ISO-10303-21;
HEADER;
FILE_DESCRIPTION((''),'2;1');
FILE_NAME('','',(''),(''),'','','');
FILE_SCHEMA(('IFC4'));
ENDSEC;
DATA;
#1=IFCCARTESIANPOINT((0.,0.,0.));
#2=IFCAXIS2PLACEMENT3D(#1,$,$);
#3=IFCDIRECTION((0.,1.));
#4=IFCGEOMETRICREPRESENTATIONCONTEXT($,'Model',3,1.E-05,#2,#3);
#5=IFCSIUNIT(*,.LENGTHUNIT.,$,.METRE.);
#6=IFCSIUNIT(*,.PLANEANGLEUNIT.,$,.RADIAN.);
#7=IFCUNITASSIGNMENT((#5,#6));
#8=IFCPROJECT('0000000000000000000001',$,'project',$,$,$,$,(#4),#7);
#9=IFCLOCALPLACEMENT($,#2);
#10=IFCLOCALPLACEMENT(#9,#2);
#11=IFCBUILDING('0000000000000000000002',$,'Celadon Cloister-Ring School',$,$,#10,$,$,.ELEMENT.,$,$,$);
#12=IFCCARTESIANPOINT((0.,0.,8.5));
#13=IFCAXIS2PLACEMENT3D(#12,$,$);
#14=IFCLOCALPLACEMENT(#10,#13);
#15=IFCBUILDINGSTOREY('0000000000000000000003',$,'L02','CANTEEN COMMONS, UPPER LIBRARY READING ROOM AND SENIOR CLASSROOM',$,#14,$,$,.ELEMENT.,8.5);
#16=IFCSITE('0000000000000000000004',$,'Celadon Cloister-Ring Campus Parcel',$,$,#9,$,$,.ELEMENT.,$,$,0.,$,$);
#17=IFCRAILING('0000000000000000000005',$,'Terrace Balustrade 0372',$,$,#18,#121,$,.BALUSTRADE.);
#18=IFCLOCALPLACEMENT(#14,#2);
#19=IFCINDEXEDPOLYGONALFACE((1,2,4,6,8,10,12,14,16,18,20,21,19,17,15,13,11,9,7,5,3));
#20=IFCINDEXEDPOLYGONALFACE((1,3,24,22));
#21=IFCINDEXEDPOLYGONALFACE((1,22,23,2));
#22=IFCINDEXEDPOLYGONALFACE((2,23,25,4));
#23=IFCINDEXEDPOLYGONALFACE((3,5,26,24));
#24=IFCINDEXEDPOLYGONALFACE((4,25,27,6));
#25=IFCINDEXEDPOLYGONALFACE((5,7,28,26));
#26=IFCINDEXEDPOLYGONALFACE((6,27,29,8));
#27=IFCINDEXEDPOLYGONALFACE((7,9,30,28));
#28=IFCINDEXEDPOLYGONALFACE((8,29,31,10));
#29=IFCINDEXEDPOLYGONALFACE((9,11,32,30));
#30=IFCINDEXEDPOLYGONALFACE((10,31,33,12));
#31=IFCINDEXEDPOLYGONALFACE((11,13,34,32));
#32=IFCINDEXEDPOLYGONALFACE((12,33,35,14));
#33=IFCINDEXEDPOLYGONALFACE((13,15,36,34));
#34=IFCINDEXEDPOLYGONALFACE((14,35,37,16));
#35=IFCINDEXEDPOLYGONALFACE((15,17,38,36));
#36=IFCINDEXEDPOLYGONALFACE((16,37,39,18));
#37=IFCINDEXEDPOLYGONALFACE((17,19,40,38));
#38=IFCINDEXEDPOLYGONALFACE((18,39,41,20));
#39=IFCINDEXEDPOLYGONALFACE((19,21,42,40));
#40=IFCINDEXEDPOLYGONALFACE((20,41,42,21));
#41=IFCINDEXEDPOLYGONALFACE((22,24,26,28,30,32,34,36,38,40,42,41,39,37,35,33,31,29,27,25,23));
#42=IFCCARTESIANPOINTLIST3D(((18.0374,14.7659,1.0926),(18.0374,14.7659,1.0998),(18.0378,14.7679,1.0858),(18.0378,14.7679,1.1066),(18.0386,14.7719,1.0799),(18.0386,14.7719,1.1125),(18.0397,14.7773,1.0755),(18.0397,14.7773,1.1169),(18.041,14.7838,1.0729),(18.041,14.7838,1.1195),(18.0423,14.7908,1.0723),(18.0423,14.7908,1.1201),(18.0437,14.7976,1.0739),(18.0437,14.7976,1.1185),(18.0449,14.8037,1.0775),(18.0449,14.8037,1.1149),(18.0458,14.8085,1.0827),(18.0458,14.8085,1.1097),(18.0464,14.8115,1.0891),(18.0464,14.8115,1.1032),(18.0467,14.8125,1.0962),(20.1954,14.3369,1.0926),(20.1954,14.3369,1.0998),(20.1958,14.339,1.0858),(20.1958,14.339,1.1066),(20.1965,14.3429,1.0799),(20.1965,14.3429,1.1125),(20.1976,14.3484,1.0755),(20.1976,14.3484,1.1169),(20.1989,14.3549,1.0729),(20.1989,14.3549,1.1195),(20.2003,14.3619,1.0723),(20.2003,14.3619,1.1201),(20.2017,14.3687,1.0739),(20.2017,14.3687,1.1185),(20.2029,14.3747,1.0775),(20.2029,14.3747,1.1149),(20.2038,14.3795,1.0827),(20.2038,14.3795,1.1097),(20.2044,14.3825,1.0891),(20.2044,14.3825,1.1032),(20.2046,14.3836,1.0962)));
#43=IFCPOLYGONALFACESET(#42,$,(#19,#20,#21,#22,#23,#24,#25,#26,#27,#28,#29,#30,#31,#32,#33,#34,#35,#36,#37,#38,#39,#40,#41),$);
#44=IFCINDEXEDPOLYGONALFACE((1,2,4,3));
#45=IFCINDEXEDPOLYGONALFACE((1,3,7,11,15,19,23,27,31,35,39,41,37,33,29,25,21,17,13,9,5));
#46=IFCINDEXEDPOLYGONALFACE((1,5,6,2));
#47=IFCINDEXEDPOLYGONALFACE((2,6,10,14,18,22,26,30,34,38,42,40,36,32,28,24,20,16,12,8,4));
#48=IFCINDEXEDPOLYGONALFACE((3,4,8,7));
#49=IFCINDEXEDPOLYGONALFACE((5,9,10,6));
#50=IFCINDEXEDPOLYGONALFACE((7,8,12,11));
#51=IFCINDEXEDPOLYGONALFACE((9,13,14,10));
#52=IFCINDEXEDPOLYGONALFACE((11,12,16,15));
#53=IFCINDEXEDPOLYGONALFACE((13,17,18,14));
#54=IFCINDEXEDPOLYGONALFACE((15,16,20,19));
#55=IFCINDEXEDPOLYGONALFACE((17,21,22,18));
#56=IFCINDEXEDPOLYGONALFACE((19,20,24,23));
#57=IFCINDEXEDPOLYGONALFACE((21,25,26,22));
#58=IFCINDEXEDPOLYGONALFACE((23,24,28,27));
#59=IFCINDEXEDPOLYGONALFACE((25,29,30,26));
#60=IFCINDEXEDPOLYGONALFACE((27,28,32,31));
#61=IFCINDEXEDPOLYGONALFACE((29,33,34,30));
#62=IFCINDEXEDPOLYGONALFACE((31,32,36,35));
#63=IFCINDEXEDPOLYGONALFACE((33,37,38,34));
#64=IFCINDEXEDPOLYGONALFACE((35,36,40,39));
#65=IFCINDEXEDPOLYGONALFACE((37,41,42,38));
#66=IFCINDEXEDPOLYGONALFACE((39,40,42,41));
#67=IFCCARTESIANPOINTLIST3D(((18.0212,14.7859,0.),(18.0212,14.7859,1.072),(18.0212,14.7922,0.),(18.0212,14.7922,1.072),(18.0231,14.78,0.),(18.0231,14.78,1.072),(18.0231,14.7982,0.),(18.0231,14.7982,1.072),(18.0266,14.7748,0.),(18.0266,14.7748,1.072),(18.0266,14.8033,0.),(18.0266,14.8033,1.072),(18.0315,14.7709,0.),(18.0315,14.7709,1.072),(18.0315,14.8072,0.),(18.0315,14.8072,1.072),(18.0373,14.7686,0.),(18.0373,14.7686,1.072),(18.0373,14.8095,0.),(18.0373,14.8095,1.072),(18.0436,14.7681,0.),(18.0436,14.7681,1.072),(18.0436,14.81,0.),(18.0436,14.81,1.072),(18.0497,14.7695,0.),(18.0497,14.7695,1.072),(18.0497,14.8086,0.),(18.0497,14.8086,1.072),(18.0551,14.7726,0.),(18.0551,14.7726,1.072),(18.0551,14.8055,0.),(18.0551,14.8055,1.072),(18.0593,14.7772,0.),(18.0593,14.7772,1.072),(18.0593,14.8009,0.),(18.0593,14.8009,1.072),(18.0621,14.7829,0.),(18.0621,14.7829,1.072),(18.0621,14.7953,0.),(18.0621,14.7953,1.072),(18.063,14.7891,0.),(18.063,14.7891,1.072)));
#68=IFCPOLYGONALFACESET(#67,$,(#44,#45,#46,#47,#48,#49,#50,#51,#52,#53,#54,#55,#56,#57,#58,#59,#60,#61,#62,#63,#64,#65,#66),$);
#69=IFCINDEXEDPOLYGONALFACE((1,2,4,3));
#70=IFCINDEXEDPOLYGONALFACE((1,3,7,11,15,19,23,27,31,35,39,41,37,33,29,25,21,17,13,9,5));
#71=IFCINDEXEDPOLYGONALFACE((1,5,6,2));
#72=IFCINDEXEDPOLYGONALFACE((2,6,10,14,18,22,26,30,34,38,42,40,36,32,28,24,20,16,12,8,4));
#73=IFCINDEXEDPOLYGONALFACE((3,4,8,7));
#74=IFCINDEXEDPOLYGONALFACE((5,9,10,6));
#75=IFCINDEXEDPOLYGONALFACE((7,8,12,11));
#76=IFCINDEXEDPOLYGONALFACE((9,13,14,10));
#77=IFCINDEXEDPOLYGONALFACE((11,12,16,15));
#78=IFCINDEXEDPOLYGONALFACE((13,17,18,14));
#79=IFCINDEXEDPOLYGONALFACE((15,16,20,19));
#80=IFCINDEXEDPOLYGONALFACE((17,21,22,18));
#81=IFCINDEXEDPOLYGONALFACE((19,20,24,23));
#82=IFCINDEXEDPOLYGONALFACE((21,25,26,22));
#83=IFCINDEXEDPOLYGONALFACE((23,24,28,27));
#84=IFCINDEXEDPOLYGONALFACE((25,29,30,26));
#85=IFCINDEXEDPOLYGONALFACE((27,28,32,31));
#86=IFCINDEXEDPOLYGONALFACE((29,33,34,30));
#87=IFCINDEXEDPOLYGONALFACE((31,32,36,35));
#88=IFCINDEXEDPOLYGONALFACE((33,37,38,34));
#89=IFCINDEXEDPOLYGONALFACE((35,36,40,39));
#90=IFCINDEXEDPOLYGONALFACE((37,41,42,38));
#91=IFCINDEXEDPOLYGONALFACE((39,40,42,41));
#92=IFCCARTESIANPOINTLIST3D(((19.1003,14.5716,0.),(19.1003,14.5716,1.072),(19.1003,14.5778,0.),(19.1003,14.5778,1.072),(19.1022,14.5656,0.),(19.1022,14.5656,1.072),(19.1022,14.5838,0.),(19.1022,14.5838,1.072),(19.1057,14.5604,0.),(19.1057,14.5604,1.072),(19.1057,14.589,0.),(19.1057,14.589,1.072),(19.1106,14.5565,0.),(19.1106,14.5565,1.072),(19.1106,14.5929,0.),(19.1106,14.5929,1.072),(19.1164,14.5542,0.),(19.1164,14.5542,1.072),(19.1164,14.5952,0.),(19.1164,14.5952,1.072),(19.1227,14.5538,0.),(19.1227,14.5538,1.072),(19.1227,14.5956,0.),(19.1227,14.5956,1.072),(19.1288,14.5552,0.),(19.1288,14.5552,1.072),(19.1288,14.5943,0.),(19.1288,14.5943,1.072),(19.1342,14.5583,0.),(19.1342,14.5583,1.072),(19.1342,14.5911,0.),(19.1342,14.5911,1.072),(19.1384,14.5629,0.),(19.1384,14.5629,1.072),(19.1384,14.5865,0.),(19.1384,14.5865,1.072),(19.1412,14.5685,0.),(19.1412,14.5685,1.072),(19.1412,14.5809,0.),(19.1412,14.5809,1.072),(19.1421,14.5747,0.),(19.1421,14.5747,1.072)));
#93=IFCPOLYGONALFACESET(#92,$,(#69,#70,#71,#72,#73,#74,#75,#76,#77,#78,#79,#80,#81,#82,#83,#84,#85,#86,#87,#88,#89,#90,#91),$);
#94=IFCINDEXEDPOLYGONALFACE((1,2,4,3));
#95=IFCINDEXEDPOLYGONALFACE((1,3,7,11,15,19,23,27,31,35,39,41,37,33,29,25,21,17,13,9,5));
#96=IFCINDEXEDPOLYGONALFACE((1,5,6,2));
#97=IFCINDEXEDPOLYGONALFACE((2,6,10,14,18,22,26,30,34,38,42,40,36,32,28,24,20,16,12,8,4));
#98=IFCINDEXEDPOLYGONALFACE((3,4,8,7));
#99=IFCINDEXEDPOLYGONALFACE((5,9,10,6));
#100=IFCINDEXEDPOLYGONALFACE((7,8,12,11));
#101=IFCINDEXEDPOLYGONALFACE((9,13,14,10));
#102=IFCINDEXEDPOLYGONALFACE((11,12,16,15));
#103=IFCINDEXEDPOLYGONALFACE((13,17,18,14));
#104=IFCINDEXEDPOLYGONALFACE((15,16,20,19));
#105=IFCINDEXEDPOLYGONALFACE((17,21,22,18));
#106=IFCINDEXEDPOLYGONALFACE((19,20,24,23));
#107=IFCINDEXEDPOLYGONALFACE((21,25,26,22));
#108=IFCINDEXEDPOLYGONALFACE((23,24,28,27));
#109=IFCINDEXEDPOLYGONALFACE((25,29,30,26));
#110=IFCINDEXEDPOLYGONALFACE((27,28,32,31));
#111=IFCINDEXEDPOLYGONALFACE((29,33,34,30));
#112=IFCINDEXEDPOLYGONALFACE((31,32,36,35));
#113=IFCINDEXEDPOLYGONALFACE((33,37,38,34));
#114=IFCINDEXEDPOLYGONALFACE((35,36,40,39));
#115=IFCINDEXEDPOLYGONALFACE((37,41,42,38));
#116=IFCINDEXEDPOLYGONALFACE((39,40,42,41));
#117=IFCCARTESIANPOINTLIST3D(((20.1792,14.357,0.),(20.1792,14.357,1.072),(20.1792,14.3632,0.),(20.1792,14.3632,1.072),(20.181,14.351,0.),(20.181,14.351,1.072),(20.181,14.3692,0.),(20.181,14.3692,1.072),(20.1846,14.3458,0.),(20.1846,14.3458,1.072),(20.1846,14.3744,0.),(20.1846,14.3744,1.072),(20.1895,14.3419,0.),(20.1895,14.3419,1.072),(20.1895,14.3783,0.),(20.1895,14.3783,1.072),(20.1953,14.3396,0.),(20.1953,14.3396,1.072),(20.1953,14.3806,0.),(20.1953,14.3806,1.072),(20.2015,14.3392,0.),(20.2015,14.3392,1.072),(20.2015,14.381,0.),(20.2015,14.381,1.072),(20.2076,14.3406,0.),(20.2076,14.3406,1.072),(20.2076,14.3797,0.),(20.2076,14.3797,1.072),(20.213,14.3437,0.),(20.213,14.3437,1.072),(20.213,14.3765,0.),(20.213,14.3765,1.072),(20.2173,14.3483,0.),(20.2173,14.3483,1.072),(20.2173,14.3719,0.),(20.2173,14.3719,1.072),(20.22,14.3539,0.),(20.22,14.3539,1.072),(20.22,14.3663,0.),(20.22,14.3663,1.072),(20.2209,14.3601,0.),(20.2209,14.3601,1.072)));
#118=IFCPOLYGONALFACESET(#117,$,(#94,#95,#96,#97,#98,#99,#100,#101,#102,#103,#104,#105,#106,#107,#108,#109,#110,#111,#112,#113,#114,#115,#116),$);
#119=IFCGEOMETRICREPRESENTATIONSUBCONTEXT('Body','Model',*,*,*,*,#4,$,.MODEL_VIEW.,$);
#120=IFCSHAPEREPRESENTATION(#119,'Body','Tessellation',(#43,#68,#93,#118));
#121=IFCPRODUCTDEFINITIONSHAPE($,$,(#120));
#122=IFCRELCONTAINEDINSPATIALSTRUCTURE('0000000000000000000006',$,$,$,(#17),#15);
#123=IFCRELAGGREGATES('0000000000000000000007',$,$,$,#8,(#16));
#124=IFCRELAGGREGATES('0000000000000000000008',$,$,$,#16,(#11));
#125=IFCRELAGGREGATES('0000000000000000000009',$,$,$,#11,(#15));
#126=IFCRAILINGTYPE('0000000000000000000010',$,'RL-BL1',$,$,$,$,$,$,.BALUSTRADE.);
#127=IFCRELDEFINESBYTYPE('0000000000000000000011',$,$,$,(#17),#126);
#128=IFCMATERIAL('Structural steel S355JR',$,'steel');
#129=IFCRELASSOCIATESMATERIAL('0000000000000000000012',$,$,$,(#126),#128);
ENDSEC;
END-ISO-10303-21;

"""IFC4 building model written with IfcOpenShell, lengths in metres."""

from ifc_helpers import new_model, si_unit, direction, frame, origin, origin_2d, place, context, subcontext, project, spatial, circle, extrude, material, type_object, element, save


model = new_model("IFC4")

# Units and contexts
model_context = context("Model", 3, precision=1e-05, world=origin(), true_north=direction((0.0, 1.0)))
body_context = subcontext(model_context, "Body", "Model", "MODEL_VIEW")
ifc_project = project(units=[si_unit("LENGTHUNIT", "METRE"), si_unit("PLANEANGLEUNIT", "RADIAN")], contexts=[model_context])

# Site, building, storey
site_placement = place(None, origin())
site = spatial("IfcSite", under=ifc_project, at=site_placement, Name="Celadon Cloister-Ring Campus Parcel", CompositionType="ELEMENT", RefElevation=0.0)
building_placement = place(site_placement, origin())
building = spatial("IfcBuilding", under=site, at=building_placement, Name="Celadon Cloister-Ring School", CompositionType="ELEMENT")
storey_placement = place(building_placement, frame((0.0, 0.0, 8.5)))
storey = spatial("IfcBuildingStorey", under=building, at=storey_placement, Name="L02", Description="CANTEEN COMMONS, UPPER LIBRARY READING ROOM AND SENIOR CLASSROOM", CompositionType="ELEMENT", Elevation=8.5)

# Railing
ifc_material_1 = material(Name="Structural steel S355JR", Category="steel")
railing_type = type_object("IfcRailingType", Name="RL-BL1", PredefinedType="BALUSTRADE", material=ifc_material_1)
railing_1_placement = place(storey_placement, frame((18.042, 14.7891, 0.0)))
element("IfcRailing", 1, at=railing_1_placement, inside=storey, type_object=railing_type, Name="Terrace Balustrade 0372", PredefinedType="BALUSTRADE", context=body_context, shape_type="SweptSolid", body=[
    extrude(circle(Radius=0.0239, at=origin_2d()), frame((0.0, 0.0, 1.0962), z_axis=(0.98081, -0.194964, 0.0), x_axis=(0.194964, 0.98081, 0.0)), (0.0, 0.0, 1.0), 2.2002),
    extrude(circle(Radius=0.021, at=origin_2d()), origin(), (0.0, 0.0, 1.0), 1.072),
    extrude(circle(Radius=0.021, at=origin_2d()), frame((1.0791, -0.2144, 0.0)), (0.0, 0.0, 1.0), 1.072),
    extrude(circle(Radius=0.021, at=origin_2d()), frame((2.158, -0.429, 0.0)), (0.0, 0.0, 1.0), 1.072),
])

save(model, "model.ifc")
